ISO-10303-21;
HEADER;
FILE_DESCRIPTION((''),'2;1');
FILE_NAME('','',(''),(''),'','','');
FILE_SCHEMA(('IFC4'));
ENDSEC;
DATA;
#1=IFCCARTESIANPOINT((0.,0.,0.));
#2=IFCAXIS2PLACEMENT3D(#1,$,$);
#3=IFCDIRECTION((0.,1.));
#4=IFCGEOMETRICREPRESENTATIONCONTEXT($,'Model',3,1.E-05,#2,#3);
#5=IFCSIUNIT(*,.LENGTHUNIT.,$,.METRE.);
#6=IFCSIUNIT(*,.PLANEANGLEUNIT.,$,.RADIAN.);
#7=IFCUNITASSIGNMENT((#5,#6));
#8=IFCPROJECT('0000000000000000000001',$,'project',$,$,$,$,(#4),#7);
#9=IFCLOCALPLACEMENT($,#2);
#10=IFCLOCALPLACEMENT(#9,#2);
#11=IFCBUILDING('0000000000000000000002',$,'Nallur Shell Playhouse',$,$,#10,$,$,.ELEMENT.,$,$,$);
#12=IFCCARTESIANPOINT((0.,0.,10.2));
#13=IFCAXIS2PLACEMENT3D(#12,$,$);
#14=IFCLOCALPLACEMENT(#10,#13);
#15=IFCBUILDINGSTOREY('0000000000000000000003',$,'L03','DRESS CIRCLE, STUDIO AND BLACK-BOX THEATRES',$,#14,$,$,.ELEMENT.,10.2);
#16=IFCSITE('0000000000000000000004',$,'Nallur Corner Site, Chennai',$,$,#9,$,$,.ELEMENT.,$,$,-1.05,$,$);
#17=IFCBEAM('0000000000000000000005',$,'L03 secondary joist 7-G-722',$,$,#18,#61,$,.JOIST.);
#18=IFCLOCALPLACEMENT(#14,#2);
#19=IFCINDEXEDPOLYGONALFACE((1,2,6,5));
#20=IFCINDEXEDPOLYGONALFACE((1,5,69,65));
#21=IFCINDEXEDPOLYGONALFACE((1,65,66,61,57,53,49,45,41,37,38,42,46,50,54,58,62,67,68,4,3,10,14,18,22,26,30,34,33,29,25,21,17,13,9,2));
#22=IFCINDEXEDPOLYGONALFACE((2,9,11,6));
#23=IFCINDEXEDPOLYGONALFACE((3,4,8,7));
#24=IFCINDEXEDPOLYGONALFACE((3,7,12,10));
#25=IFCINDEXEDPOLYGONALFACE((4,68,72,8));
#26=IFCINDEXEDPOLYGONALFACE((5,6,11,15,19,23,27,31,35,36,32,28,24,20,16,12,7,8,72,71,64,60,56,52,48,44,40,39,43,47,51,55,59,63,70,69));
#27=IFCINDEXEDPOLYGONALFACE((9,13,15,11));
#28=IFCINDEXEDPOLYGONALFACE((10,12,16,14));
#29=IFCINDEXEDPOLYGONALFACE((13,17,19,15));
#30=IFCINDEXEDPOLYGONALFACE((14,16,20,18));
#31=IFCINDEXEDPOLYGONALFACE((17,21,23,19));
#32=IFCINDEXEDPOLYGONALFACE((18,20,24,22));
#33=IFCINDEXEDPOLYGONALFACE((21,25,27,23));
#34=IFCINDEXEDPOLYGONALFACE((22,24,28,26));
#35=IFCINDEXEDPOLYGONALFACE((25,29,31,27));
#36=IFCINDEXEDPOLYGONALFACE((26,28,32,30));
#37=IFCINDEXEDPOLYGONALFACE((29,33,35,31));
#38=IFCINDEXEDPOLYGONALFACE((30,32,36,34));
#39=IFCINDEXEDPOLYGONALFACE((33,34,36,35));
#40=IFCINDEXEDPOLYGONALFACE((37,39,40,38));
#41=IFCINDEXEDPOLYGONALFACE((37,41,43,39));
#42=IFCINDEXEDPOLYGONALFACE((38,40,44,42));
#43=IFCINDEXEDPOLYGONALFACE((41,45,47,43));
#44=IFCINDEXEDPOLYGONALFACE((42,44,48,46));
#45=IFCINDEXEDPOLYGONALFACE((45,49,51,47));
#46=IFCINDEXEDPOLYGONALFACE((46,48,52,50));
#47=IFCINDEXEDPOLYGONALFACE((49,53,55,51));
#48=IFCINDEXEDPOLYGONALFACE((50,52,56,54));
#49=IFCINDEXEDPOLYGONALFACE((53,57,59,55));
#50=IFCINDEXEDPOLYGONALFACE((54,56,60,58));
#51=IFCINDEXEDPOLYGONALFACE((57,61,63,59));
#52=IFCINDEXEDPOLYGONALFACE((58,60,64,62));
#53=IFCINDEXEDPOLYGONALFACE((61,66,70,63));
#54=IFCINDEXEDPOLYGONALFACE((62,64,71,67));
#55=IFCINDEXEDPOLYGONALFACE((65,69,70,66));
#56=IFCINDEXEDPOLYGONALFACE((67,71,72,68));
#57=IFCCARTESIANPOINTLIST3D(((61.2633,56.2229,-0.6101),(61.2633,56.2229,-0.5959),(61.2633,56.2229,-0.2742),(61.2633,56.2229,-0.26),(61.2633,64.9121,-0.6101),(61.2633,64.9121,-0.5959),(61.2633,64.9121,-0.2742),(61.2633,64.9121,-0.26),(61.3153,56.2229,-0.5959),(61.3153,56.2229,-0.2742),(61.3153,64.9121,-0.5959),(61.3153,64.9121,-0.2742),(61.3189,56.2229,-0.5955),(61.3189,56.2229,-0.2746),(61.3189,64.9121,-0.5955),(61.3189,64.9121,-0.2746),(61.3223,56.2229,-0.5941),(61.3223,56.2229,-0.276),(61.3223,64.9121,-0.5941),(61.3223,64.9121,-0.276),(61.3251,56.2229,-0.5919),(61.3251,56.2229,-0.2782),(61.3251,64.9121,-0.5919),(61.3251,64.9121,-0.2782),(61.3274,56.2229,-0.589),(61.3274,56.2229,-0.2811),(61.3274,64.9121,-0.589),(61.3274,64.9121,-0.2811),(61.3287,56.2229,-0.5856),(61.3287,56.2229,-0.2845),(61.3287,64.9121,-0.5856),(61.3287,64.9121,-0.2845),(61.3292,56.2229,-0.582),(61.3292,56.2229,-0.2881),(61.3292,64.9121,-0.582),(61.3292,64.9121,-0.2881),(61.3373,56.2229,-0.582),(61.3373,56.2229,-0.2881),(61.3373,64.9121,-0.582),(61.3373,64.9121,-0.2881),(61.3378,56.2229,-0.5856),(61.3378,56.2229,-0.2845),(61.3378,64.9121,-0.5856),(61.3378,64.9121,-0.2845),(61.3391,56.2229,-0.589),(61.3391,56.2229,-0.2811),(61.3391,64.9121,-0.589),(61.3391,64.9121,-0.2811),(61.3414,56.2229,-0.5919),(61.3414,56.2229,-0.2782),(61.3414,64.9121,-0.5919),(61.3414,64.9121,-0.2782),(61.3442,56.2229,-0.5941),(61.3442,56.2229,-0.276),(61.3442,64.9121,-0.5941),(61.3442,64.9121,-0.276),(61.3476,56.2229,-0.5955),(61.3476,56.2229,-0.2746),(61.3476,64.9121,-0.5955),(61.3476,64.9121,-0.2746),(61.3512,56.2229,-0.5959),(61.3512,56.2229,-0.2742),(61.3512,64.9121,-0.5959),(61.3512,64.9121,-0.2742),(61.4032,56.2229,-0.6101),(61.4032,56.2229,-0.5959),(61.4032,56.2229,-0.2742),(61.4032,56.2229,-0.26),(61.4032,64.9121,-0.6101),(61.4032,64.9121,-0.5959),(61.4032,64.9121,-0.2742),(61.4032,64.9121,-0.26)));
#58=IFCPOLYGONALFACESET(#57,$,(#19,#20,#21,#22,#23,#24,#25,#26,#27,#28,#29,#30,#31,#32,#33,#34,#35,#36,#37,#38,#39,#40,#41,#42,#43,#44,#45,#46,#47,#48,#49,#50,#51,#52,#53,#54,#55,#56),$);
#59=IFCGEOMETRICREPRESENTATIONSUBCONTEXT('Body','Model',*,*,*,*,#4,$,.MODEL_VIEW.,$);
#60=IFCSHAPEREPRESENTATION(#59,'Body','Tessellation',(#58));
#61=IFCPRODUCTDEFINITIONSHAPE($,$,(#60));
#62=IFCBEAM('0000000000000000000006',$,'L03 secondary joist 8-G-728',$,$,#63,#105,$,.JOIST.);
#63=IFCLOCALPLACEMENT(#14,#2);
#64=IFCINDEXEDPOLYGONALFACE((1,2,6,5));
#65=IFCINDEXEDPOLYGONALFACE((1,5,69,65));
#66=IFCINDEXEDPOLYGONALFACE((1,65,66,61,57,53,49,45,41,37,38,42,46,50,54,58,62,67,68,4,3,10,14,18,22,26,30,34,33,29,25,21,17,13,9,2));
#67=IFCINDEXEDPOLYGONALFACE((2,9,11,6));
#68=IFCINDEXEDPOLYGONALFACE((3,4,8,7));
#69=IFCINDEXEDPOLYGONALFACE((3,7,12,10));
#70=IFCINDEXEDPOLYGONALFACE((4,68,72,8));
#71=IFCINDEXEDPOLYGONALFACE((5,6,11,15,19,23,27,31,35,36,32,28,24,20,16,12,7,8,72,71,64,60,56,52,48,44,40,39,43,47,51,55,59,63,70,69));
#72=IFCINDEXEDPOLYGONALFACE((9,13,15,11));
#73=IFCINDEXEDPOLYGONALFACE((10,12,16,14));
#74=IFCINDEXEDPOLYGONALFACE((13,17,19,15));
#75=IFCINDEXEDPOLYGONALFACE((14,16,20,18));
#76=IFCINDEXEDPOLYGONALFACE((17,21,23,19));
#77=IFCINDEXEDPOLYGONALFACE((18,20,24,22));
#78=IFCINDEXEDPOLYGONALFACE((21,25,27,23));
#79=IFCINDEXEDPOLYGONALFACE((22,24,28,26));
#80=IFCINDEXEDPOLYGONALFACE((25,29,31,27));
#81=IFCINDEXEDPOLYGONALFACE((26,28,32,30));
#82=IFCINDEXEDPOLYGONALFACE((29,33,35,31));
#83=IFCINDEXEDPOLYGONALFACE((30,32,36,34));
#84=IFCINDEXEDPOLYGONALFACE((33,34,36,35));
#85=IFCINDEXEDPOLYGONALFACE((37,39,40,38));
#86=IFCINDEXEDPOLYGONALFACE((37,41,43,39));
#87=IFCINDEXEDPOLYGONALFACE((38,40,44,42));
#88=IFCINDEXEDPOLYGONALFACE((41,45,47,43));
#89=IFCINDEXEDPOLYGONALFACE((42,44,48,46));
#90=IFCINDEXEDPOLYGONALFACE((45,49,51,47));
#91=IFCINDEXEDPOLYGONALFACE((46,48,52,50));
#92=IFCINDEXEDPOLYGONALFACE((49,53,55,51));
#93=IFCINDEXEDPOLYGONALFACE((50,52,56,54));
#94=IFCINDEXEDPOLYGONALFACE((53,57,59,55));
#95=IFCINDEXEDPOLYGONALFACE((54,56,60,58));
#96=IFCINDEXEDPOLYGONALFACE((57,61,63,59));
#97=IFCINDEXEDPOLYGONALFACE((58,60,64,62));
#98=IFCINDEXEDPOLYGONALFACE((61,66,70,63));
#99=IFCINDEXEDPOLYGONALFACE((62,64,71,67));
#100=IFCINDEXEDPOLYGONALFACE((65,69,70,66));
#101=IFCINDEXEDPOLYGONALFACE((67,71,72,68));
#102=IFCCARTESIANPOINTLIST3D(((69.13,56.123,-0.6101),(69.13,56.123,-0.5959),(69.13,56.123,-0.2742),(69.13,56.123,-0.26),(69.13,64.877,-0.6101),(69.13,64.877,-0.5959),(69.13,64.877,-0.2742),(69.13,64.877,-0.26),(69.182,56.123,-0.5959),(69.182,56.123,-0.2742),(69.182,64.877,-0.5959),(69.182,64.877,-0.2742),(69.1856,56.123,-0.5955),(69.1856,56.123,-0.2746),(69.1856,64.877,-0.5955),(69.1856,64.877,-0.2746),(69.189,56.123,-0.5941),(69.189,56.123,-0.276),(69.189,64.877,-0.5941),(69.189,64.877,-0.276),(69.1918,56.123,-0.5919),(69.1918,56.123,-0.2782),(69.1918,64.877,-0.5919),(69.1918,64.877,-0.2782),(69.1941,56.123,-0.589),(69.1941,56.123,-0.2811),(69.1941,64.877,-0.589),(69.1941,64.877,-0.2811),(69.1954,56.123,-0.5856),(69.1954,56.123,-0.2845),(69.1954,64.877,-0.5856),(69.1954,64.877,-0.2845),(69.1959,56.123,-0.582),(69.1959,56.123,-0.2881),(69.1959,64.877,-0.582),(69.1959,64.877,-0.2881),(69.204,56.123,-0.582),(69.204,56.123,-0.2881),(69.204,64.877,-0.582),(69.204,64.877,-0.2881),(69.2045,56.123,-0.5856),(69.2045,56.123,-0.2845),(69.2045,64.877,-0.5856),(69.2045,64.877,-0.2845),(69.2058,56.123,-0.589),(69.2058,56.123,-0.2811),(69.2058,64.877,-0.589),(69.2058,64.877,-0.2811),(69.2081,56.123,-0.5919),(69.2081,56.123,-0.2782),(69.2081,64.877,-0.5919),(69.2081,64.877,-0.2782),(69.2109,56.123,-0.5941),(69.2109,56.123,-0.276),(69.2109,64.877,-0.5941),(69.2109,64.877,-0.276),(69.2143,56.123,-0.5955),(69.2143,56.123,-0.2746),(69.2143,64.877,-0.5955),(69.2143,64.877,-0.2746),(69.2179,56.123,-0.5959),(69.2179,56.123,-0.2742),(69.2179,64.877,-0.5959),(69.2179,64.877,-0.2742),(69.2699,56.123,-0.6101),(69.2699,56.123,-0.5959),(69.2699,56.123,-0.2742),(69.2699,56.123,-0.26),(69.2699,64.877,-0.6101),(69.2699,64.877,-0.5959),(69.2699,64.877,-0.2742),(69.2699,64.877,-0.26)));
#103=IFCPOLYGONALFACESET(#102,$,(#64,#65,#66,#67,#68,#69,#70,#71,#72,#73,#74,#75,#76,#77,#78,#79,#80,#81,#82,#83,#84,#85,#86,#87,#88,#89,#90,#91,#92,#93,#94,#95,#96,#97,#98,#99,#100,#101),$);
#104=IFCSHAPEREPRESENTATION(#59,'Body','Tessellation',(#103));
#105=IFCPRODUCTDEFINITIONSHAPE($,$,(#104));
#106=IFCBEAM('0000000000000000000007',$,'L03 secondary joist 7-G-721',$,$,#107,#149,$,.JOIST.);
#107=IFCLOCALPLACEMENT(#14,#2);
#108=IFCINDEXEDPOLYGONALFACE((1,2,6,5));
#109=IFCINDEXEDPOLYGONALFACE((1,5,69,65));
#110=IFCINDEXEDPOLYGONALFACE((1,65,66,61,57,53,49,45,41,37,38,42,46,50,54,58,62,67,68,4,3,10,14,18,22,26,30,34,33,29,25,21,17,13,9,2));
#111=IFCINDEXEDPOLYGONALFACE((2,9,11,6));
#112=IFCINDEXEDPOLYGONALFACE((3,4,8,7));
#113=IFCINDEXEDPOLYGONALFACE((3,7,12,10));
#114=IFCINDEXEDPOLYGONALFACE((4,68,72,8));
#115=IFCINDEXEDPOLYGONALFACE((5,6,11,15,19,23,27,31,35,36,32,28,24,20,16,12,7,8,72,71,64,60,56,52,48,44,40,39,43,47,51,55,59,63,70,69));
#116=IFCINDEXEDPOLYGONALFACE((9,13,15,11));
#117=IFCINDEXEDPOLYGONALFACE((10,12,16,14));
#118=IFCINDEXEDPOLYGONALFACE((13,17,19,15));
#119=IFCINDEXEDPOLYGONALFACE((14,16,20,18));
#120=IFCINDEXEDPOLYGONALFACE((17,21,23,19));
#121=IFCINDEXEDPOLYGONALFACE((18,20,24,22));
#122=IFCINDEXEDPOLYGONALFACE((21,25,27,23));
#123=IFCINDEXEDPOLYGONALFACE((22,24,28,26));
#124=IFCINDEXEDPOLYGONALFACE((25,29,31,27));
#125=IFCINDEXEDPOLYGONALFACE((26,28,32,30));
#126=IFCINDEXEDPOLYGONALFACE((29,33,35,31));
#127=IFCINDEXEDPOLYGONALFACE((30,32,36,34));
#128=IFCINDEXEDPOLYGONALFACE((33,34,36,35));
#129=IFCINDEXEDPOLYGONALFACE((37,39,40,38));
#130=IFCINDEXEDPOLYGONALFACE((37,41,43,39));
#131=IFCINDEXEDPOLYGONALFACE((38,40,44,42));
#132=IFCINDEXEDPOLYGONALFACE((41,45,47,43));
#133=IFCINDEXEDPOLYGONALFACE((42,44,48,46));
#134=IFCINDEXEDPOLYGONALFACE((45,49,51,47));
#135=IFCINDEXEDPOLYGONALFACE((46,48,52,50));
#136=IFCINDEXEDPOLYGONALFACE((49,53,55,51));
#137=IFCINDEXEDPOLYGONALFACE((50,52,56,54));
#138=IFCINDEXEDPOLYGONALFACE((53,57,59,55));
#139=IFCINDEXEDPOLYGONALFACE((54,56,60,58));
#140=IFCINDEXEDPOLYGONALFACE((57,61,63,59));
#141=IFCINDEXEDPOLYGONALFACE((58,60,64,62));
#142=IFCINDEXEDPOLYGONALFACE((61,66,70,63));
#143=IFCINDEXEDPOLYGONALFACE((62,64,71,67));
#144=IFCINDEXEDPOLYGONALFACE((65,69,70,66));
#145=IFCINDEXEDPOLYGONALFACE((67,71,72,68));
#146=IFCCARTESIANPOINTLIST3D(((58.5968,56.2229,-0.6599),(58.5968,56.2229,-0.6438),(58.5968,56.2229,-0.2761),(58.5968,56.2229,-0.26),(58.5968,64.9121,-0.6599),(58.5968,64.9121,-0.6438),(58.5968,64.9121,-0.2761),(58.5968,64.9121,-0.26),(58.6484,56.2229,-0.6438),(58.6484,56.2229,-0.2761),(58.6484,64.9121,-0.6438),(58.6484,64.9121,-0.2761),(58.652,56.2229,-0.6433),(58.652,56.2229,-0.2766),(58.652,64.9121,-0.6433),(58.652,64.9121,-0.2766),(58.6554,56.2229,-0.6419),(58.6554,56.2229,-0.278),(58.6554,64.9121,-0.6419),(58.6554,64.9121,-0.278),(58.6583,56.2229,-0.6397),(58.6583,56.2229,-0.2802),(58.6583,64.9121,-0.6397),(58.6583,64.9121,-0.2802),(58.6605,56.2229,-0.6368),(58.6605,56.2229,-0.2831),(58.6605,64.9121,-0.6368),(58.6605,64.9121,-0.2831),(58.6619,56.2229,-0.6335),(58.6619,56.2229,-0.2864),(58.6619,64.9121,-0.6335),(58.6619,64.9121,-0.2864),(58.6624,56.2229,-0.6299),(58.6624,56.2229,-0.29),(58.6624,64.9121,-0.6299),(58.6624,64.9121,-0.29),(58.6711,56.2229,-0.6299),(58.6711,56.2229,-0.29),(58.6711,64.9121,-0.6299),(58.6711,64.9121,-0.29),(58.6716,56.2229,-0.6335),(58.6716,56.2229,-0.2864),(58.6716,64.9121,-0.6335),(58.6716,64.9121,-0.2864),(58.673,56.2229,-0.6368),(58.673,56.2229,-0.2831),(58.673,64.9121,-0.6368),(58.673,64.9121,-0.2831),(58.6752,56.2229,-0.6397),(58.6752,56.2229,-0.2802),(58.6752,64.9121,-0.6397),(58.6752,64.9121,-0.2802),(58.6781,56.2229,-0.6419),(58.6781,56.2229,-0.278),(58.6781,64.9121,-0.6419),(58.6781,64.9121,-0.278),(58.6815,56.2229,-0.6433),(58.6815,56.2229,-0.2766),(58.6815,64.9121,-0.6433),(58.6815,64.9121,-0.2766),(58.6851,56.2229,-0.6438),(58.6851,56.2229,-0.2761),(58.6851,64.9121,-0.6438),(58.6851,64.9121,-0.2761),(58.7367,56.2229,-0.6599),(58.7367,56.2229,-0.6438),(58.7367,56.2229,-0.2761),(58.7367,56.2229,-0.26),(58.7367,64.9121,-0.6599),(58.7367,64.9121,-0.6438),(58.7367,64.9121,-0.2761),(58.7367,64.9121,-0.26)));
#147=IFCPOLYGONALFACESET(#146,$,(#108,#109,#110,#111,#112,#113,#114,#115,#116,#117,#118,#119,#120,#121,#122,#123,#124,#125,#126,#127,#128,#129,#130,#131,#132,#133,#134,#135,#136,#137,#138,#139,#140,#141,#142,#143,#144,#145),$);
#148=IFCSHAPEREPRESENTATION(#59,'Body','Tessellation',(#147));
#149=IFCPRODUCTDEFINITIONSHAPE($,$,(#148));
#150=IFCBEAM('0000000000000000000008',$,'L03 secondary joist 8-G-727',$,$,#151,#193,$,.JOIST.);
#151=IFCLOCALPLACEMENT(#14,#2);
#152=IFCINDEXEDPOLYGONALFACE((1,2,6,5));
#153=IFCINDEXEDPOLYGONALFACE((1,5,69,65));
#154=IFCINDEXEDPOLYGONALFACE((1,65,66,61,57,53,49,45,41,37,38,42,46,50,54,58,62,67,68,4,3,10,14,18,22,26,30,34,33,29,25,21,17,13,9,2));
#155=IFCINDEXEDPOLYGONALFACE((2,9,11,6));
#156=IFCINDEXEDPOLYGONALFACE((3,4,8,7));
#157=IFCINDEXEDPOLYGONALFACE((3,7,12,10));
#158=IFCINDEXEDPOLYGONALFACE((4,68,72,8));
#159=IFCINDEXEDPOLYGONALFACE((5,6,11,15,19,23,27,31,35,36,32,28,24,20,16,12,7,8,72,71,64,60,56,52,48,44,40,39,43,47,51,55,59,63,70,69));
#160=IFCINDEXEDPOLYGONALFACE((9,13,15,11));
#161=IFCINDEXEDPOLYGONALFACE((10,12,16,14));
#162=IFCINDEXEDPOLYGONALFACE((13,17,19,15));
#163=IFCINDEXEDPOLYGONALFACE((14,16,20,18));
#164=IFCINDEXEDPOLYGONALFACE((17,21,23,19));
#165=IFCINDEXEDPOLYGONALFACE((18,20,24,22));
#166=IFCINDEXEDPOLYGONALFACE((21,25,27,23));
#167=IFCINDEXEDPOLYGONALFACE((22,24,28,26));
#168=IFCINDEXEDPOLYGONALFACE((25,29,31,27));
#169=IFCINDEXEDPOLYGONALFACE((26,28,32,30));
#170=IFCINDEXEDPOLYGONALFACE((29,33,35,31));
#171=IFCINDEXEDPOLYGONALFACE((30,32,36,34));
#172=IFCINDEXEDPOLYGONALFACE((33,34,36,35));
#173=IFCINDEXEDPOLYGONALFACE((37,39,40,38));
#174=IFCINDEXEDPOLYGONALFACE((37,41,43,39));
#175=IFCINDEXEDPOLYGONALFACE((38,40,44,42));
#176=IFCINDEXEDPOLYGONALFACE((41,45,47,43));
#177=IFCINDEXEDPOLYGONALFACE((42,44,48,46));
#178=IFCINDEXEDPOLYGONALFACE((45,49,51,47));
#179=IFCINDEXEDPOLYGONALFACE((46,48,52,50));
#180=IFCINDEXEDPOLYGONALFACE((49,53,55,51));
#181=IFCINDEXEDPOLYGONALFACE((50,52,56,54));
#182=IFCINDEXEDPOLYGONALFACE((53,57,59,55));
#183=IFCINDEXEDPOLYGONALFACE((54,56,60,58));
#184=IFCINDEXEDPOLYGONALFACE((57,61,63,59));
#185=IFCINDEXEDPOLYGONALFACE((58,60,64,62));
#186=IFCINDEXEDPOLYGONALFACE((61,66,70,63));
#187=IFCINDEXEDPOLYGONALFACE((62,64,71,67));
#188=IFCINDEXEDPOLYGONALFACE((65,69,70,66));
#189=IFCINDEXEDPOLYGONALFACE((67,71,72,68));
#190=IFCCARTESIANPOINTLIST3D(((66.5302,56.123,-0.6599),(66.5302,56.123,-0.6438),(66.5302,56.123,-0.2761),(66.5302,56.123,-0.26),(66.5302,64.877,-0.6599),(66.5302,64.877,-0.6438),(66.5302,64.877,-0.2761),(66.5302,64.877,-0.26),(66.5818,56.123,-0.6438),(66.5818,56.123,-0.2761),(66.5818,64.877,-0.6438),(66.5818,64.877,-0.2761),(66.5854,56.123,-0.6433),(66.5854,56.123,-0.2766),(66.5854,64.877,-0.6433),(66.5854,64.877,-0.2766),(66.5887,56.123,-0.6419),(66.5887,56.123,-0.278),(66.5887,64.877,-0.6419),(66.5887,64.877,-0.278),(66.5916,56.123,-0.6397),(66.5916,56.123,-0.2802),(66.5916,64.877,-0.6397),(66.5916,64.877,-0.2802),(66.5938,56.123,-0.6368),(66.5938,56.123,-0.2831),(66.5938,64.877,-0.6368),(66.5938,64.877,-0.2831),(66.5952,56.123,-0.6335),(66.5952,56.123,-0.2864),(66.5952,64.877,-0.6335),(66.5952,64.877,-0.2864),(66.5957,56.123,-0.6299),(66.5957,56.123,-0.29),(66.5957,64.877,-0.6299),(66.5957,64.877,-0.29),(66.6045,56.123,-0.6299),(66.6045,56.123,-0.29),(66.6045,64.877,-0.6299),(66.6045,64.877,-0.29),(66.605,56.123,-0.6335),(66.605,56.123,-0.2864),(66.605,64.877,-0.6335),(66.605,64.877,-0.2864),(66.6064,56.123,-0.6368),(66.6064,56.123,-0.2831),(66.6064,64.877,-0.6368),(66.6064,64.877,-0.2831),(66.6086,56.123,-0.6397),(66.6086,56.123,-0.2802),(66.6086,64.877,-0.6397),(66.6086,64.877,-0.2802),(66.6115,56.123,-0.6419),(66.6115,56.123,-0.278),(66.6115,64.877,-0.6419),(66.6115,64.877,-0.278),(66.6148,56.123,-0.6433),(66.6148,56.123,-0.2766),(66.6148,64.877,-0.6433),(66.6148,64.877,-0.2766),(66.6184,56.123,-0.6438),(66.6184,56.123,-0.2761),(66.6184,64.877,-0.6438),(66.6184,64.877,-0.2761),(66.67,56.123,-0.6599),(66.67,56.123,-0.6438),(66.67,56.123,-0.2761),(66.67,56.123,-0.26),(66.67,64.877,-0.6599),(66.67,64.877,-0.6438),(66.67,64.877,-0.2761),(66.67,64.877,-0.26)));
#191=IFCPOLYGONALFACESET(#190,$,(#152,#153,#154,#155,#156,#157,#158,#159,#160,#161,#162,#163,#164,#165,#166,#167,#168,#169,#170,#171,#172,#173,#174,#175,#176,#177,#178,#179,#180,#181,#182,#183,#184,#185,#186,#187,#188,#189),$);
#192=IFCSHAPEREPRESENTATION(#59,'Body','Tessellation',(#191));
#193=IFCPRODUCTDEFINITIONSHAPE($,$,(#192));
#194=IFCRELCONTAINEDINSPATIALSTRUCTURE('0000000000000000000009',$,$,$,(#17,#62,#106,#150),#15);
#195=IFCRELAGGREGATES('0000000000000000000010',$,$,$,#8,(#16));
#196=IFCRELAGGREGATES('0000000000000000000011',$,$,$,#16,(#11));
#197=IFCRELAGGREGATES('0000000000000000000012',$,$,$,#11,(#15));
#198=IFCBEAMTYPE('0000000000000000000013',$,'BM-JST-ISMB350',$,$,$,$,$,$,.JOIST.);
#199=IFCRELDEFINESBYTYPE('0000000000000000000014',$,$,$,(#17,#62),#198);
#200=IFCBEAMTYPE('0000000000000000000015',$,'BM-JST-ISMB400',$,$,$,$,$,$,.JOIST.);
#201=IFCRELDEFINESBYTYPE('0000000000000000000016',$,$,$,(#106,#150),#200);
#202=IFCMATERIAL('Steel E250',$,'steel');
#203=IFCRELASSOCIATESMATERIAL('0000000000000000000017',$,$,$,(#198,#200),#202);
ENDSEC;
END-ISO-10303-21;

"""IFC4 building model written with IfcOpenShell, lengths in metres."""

from ifc_helpers import new_model, si_unit, direction, frame, origin, origin_2d, place, context, subcontext, project, spatial, i_section, extrude, material, material_profile, profile_set, type_object, element, save


model = new_model("IFC4")

# Units and contexts
model_context = context("Model", 3, precision=1e-05, world=origin(), true_north=direction((0.0, 1.0)))
body_context = subcontext(model_context, "Body", "Model", "MODEL_VIEW")
ifc_project = project(units=[si_unit("LENGTHUNIT", "METRE"), si_unit("PLANEANGLEUNIT", "RADIAN")], contexts=[model_context])

# Site, building, storey
site_placement = place(None, origin())
site = spatial("IfcSite", under=ifc_project, at=site_placement, Name="Nallur Corner Site, Chennai", CompositionType="ELEMENT", RefElevation=-1.05)
building_placement = place(site_placement, origin())
building = spatial("IfcBuilding", under=site, at=building_placement, Name="Nallur Shell Playhouse", CompositionType="ELEMENT")
storey_placement = place(building_placement, frame((0.0, 0.0, 10.2)))
storey = spatial("IfcBuildingStorey", under=building, at=storey_placement, Name="L03", Description="DRESS CIRCLE, STUDIO AND BLACK-BOX THEATRES", CompositionType="ELEMENT", Elevation=10.2)

# Beams
ifc_material_1 = material(Name="Steel E250", Category="steel")
ifc_material_profile_1 = material_profile(ifc_material_1, i_section(OverallWidth=0.1399, OverallDepth=0.3501, WebThickness=0.0081, FlangeThickness=0.0142, FilletRadius=0.0139, at=origin_2d()), Name="ISMB 350")
ifc_profile_set_1 = profile_set([ifc_material_profile_1], Name="Steel E250")
beam_type_1 = type_object("IfcBeamType", Name="BM-JST-ISMB350", PredefinedType="JOIST", material=ifc_profile_set_1)
beam_1_placement = place(storey_placement, frame((61.3333, 56.2229, -0.4351), z_axis=(0.0, 1.0, 0.0), x_axis=(-1.0, 0.0, 0.0)))
element("IfcBeam", 1, at=beam_1_placement, inside=storey, type_object=beam_type_1, Name="L03 secondary joist 7-G-722", PredefinedType="JOIST", context=body_context, shape_type="SweptSolid", body=[
    extrude(i_section(OverallWidth=0.1399, OverallDepth=0.3501, WebThickness=0.0081, FlangeThickness=0.0142, FilletRadius=0.0139, at=origin_2d()), origin(), (0.0, 0.0, 1.0), 8.6892),
])
beam_2_placement = place(storey_placement, frame((69.2, 56.123, -0.4351), z_axis=(0.0, 1.0, 0.0), x_axis=(-1.0, 0.0, 0.0)))
element("IfcBeam", 2, at=beam_2_placement, inside=storey, type_object=beam_type_1, Name="L03 secondary joist 8-G-728", PredefinedType="JOIST", context=body_context, shape_type="SweptSolid", body=[
    extrude(i_section(OverallWidth=0.1399, OverallDepth=0.3501, WebThickness=0.0081, FlangeThickness=0.0142, FilletRadius=0.0139, at=origin_2d()), origin(), (0.0, 0.0, 1.0), 8.7539),
])
ifc_material_profile_2 = material_profile(ifc_material_1, i_section(OverallWidth=0.1399, OverallDepth=0.3999, WebThickness=0.0088, FlangeThickness=0.0161, FilletRadius=0.0139, at=origin_2d()), Name="ISMB 400")
ifc_profile_set_2 = profile_set([ifc_material_profile_2], Name="Steel E250")
beam_type_2 = type_object("IfcBeamType", Name="BM-JST-ISMB400", PredefinedType="JOIST", material=ifc_profile_set_2)
beam_3_placement = place(storey_placement, frame((58.6667, 56.2229, -0.46), z_axis=(0.0, 1.0, 0.0), x_axis=(-1.0, 0.0, 0.0)))
element("IfcBeam", 3, at=beam_3_placement, inside=storey, type_object=beam_type_2, Name="L03 secondary joist 7-G-721", PredefinedType="JOIST", context=body_context, shape_type="SweptSolid", body=[
    extrude(i_section(OverallWidth=0.1399, OverallDepth=0.3999, WebThickness=0.0088, FlangeThickness=0.0161, FilletRadius=0.0139, at=origin_2d()), origin(), (0.0, 0.0, 1.0), 8.6892),
])
beam_4_placement = place(storey_placement, frame((66.6001, 56.123, -0.46), z_axis=(0.0, 1.0, 0.0), x_axis=(-1.0, 0.0, 0.0)))
element("IfcBeam", 4, at=beam_4_placement, inside=storey, type_object=beam_type_2, Name="L03 secondary joist 8-G-727", PredefinedType="JOIST", context=body_context, shape_type="SweptSolid", body=[
    extrude(i_section(OverallWidth=0.1399, OverallDepth=0.3999, WebThickness=0.0088, FlangeThickness=0.0161, FilletRadius=0.0139, at=origin_2d()), origin(), (0.0, 0.0, 1.0), 8.7539),
])

save(model, "model.ifc")
